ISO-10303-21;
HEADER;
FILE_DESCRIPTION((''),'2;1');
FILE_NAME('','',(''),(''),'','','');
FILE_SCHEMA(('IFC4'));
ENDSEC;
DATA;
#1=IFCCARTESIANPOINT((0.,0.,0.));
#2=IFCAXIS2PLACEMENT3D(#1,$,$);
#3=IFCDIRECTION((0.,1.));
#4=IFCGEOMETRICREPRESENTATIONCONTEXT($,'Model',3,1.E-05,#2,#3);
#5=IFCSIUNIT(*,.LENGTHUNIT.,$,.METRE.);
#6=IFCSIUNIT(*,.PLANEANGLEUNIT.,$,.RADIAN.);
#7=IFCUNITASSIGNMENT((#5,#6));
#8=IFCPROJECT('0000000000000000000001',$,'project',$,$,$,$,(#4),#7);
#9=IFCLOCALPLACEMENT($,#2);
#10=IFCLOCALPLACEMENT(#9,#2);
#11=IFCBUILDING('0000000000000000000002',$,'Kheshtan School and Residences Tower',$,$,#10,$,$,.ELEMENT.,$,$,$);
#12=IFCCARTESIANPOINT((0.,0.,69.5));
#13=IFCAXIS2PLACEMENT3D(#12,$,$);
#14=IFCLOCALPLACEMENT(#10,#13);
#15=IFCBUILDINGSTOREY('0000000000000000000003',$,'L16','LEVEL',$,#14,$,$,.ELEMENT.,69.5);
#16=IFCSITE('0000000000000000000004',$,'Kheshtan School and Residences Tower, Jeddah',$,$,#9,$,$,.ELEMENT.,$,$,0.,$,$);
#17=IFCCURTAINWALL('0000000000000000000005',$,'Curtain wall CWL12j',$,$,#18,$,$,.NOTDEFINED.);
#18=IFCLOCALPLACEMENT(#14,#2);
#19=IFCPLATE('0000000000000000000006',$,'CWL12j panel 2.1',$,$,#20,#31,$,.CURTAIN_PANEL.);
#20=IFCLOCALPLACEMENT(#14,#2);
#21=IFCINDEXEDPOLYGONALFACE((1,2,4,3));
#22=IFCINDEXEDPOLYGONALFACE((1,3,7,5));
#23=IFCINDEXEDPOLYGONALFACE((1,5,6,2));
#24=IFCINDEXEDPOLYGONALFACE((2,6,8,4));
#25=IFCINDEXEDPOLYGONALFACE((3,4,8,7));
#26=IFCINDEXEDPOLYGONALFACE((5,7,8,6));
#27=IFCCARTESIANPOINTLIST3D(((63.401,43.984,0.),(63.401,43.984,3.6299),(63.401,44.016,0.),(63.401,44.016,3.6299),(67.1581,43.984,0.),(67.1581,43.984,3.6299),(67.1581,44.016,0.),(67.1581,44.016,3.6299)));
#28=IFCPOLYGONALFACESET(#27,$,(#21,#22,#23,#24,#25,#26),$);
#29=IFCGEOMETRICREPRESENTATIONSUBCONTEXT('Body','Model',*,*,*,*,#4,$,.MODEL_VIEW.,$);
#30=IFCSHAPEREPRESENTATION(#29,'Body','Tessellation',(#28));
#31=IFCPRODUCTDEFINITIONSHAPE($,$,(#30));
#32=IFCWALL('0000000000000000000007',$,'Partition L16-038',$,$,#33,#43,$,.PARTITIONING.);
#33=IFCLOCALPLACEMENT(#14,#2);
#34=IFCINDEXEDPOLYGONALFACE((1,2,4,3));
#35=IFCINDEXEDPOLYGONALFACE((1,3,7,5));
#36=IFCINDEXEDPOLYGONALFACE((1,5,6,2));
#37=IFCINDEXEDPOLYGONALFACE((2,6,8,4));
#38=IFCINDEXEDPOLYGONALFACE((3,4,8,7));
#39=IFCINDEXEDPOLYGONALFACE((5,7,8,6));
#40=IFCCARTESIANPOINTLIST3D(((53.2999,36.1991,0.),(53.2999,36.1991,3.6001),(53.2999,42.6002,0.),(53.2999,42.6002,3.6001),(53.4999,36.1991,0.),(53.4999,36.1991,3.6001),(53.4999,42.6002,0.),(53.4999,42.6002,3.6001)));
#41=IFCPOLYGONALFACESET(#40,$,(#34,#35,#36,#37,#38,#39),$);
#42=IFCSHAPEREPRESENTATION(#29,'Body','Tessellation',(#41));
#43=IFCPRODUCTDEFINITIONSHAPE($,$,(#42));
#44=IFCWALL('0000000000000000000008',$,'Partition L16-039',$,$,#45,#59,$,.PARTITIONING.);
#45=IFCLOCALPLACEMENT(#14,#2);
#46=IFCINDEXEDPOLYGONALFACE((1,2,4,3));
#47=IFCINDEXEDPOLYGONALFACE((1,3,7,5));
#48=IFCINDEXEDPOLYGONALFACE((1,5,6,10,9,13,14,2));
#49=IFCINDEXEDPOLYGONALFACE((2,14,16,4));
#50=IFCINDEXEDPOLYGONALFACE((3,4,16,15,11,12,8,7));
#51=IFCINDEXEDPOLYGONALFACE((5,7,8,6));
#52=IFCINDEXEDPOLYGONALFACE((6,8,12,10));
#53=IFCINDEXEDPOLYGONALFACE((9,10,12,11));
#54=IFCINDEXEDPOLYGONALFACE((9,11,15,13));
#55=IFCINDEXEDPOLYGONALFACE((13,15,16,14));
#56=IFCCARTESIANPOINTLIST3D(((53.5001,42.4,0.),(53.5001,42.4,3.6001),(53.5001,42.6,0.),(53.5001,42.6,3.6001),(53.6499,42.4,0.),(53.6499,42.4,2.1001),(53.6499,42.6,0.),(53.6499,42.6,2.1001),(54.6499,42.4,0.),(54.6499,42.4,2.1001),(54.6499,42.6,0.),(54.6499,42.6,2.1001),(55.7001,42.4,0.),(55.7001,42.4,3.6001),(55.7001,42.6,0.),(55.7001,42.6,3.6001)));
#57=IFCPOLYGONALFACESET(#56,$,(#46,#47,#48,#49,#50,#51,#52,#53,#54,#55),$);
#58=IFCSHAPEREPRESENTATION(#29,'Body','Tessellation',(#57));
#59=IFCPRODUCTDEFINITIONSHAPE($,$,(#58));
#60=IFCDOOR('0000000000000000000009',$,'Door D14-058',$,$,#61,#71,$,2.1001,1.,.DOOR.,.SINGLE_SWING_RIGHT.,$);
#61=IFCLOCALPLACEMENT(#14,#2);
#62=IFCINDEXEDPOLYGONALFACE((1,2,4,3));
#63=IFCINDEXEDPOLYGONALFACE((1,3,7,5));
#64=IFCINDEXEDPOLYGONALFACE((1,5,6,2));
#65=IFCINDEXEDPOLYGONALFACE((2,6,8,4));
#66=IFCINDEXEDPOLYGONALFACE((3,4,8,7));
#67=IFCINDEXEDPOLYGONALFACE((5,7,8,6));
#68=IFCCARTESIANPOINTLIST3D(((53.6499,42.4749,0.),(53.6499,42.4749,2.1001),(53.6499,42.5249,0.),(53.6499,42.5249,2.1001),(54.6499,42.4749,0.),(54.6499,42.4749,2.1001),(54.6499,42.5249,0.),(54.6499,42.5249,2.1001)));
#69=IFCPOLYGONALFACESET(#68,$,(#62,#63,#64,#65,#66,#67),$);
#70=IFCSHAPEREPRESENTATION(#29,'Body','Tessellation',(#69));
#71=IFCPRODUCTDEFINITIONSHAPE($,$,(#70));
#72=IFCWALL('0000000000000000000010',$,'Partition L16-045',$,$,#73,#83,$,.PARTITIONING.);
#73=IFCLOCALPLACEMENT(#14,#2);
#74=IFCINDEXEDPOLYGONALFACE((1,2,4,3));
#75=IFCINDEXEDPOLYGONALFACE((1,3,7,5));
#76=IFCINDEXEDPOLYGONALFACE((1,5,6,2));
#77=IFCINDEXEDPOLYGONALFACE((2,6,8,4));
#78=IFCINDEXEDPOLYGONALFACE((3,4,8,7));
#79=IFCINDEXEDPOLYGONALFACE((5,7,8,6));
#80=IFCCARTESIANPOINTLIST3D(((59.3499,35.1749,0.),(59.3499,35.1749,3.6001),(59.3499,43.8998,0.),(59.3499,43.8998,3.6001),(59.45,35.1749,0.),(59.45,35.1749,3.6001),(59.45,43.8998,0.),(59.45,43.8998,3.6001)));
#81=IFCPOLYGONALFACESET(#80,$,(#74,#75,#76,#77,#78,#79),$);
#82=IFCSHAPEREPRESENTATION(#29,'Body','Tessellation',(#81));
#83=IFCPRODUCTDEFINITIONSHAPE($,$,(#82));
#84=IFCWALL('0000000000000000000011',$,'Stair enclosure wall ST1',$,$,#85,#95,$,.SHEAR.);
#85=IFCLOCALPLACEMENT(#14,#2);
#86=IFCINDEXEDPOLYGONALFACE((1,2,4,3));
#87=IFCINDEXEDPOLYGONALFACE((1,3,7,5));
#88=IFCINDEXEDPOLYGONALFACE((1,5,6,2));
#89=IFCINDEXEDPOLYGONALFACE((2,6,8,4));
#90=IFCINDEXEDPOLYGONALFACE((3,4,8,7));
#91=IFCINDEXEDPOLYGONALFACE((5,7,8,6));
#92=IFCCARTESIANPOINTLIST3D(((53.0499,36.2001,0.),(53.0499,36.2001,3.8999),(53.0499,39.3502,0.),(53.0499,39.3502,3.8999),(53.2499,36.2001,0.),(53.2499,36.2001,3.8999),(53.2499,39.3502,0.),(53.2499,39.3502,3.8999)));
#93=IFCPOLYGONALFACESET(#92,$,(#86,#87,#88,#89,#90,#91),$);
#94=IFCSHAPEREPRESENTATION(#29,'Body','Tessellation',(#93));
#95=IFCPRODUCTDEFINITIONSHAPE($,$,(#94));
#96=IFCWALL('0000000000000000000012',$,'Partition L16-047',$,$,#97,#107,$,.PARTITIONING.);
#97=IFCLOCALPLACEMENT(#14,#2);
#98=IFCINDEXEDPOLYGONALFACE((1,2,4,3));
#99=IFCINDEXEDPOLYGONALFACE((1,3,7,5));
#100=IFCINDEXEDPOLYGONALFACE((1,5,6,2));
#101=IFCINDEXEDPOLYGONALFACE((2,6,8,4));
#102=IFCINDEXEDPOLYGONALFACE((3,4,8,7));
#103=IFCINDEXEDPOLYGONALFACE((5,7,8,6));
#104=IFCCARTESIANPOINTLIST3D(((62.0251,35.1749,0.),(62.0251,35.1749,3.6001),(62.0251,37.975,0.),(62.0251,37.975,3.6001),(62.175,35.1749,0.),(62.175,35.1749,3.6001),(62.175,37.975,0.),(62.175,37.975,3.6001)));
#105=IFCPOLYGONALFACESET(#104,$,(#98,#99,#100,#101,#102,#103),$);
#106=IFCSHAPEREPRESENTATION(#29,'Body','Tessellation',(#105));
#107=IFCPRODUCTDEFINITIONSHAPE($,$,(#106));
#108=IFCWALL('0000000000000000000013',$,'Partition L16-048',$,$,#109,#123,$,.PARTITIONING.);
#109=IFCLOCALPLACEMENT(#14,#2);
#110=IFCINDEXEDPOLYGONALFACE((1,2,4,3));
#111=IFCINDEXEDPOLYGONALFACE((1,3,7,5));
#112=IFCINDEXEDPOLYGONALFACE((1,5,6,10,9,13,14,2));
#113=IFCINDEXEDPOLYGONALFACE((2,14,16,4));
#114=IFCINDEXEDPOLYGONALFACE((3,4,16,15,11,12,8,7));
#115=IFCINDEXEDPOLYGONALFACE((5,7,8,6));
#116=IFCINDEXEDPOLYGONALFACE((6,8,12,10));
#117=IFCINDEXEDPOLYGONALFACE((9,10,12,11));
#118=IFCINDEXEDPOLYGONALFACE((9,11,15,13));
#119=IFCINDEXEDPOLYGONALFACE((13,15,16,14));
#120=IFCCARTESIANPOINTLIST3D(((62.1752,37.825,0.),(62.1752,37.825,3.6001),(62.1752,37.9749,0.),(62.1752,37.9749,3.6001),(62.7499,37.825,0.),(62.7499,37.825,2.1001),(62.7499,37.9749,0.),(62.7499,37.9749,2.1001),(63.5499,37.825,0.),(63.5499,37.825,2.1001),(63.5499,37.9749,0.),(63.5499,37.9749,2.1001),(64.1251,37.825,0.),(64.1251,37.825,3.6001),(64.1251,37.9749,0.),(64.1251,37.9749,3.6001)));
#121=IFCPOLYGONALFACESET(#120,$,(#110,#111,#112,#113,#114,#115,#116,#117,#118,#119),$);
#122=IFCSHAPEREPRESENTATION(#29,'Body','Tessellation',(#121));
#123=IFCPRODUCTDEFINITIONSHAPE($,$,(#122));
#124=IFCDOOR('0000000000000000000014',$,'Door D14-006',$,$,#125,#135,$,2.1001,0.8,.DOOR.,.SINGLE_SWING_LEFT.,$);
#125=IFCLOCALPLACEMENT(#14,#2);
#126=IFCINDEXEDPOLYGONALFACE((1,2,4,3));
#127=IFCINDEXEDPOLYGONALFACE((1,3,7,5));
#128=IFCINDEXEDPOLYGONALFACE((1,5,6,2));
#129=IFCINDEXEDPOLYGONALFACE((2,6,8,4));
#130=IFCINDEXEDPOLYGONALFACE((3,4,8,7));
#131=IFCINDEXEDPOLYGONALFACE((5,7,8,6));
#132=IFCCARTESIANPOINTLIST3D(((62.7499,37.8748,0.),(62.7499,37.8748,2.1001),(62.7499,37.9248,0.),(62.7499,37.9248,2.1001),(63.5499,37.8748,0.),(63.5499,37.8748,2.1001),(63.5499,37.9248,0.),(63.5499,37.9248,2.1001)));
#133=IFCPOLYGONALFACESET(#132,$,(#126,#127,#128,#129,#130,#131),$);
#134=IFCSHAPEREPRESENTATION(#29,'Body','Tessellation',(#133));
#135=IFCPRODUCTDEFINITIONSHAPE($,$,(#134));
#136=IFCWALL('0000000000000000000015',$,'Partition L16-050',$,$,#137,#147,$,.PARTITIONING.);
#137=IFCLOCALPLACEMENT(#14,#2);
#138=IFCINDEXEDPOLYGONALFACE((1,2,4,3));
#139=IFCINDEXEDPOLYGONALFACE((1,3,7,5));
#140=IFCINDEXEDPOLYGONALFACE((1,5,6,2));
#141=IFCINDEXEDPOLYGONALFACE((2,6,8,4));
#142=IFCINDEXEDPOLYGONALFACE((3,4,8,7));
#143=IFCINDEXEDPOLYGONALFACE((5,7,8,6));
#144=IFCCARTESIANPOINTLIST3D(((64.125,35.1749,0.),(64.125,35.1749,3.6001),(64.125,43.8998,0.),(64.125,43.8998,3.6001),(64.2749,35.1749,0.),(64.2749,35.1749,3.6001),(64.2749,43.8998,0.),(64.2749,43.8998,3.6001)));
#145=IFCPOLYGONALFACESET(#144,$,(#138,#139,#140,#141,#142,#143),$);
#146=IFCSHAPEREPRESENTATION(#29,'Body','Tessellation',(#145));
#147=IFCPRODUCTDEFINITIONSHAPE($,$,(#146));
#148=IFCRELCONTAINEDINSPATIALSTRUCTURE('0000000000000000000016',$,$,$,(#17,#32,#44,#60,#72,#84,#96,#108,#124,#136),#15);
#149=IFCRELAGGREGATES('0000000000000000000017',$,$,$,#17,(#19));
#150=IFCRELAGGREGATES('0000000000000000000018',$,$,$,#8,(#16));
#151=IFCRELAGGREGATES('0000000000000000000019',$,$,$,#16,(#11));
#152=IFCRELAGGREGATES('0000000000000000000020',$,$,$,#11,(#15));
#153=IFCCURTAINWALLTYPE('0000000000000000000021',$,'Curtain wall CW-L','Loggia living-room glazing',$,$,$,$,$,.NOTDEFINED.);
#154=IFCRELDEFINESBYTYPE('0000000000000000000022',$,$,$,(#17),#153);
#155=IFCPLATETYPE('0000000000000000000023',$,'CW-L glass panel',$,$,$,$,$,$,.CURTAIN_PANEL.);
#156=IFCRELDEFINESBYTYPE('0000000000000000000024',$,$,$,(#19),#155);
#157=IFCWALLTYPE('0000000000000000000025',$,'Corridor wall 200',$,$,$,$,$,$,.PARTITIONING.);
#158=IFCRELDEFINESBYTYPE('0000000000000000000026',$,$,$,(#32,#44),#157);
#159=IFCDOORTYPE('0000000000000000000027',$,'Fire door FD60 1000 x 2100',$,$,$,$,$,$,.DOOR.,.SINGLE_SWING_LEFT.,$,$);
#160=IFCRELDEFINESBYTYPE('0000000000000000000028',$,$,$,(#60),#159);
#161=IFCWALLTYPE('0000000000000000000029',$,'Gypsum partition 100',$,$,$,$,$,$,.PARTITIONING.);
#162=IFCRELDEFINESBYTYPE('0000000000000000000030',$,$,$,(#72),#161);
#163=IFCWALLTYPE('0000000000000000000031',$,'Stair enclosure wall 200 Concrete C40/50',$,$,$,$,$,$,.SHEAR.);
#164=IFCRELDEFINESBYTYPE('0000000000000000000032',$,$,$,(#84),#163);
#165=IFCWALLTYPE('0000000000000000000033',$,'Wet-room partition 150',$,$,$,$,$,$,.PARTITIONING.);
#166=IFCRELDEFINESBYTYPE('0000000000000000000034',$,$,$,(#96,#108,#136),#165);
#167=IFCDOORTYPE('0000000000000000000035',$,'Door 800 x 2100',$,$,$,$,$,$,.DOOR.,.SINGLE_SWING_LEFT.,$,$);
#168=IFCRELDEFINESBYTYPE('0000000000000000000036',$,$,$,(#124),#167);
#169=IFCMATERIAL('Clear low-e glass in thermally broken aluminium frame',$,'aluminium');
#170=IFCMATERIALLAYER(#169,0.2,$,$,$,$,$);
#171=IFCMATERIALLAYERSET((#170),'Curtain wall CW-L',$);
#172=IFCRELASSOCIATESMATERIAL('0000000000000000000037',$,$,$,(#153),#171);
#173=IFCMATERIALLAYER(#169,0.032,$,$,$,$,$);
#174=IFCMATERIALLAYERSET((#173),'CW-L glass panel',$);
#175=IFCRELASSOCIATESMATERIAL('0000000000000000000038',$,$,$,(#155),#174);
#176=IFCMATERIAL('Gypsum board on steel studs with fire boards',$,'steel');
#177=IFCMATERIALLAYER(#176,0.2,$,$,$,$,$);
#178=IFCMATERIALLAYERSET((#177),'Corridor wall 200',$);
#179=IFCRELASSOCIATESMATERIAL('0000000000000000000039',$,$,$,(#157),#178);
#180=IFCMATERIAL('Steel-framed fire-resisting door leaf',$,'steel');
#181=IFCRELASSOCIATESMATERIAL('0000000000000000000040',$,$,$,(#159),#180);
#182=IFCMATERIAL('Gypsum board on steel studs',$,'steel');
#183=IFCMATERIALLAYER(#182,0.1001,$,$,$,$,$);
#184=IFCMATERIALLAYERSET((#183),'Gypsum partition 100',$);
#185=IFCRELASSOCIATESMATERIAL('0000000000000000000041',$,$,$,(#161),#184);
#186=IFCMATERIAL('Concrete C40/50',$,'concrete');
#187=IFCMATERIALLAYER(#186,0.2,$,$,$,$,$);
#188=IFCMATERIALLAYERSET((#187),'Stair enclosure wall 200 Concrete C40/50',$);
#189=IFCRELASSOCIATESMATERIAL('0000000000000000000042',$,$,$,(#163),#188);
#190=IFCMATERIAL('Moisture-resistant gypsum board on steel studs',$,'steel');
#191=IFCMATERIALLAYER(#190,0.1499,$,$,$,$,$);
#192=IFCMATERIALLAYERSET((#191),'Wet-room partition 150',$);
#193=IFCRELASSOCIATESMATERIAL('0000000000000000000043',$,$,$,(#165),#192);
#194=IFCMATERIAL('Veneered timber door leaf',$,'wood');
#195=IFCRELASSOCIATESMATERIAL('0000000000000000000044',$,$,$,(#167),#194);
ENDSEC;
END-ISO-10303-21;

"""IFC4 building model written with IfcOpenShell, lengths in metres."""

from ifc_helpers import new_model, si_unit, direction, frame, frame_2d, origin, origin_2d, place, context, subcontext, project, spatial, rectangle, extrude, source, transform, mapped, material, layer, layer_set, type_object, element, fill, aggregate, save


model = new_model("IFC4")

# Units and contexts
model_context = context("Model", 3, precision=1e-05, world=origin(), true_north=direction((0.0, 1.0)))
body_context = subcontext(model_context, "Body", "Model", "MODEL_VIEW")
ifc_project = project(units=[si_unit("LENGTHUNIT", "METRE"), si_unit("PLANEANGLEUNIT", "RADIAN")], contexts=[model_context])

# Site, building, storey
site_placement = place(None, origin())
site = spatial("IfcSite", under=ifc_project, at=site_placement, Name="Kheshtan School and Residences Tower, Jeddah", CompositionType="ELEMENT", RefElevation=0.0)
building_placement = place(site_placement, origin())
building = spatial("IfcBuilding", under=site, at=building_placement, Name="Kheshtan School and Residences Tower", CompositionType="ELEMENT")
storey_placement = place(building_placement, frame((0.0, 0.0, 69.5)))
storey = spatial("IfcBuildingStorey", under=building, at=storey_placement, Name="L16", Description="LEVEL", CompositionType="ELEMENT", Elevation=69.5)

# Shared definitions
ifc_material_1 = material(Name="Clear low-e glass in thermally broken aluminium frame", Category="aluminium")
ifc_layer_1 = layer(ifc_material_1, 0.2)
ifc_layer_set_1 = layer_set([ifc_layer_1], Name="Curtain wall CW-L")
curtain_wall_type = type_object("IfcCurtainWallType", Name="Curtain wall CW-L", Description="Loggia living-room glazing", PredefinedType="NOTDEFINED", material=ifc_layer_set_1)

# Curtain wall
curtain_wall_1_placement = place(storey_placement, origin())
curtain_wall_1 = element("IfcCurtainWall", 1, at=curtain_wall_1_placement, inside=storey, type_object=curtain_wall_type, Name="Curtain wall CWL12j", PredefinedType="NOTDEFINED")

# Plate
ifc_layer_2 = layer(ifc_material_1, 0.032)
ifc_layer_set_2 = layer_set([ifc_layer_2], Name="CW-L glass panel")
plate_type = type_object("IfcPlateType", Name="CW-L glass panel", PredefinedType="CURTAIN_PANEL", material=ifc_layer_set_2)
plate_1_placement = place(storey_placement, frame((65.2795, 44.0, 0.0), z_axis=(0.0, 0.0, 1.0), x_axis=(1.0, 0.0, 0.0)))
plate_1 = element("IfcPlate", 2, at=plate_1_placement, type_object=plate_type, Name="CWL12j panel 2.1", PredefinedType="CURTAIN_PANEL", context=body_context, shape_type="SweptSolid", body=[
    extrude(rectangle(XDim=3.7571, YDim=0.032, at=origin_2d()), origin(), (0.0, 0.0, 1.0), 3.6299),
])
aggregate(curtain_wall_1, [plate_1])

# Wall
ifc_material_2 = material(Name="Gypsum board on steel studs with fire boards", Category="steel")
ifc_layer_3 = layer(ifc_material_2, 0.2)
ifc_layer_set_3 = layer_set([ifc_layer_3], Name="Corridor wall 200")
wall_type_1 = type_object("IfcWallType", Name="Corridor wall 200", PredefinedType="PARTITIONING", material=ifc_layer_set_3)
wall_1_placement = place(storey_placement, frame((53.3999, 36.199, 0.0), z_axis=(0.0, 0.0, 1.0), x_axis=(0.0, 1.0, 0.0)))
element("IfcWall", 3, at=wall_1_placement, inside=storey, type_object=wall_type_1, Name="Partition L16-038", PredefinedType="PARTITIONING", context=body_context, shape_type="SweptSolid", body=[
    extrude(rectangle(XDim=6.4011, YDim=0.2, at=frame_2d((3.2007, 0.0))), origin(), (0.0, 0.0, 1.0), 3.6001),
])

# Wall, opening, door
wall_2_placement = place(storey_placement, frame((53.5, 42.5, 0.0), z_axis=(0.0, 0.0, 1.0), x_axis=(1.0, 0.0, 0.0)))
wall_2 = element("IfcWall", 4, at=wall_2_placement, inside=storey, type_object=wall_type_1, Name="Partition L16-039", PredefinedType="PARTITIONING", context=body_context, shape_type="SweptSolid", body=[
    extrude(rectangle(XDim=2.2, YDim=0.2, at=frame_2d((1.1001, 0.0))), origin(), (0.0, 0.0, 1.0), 3.6001),
])
opening_1_placement = place(wall_2_placement, frame((0.1499, 0.0, 0.0)))
opening_1 = element("IfcOpeningElement", 5, at=opening_1_placement, cuts=wall_2, PredefinedType="OPENING", context=body_context, shape_type="SweptSolid", body=[
    extrude(rectangle(XDim=1.0, YDim=2.1001, at=frame_2d((0.5, 1.05))), frame((0.0, 0.1099, 0.0), z_axis=(0.0, -1.0, 0.0), x_axis=(1.0, 0.0, 0.0)), (0.0, 0.0, 1.0), 0.22),
])
ifc_material_3 = material(Name="Steel-framed fire-resisting door leaf", Category="steel")
door_type_1 = type_object("IfcDoorType", Name="Fire door FD60 1000 x 2100", OperationType="SINGLE_SWING_LEFT", PredefinedType="DOOR", material=ifc_material_3)
shared_shape_1 = source(origin(), body_context, "Body", "SweptSolid", [
    extrude(rectangle(XDim=1.0, YDim=2.1001, at=frame_2d((0.5, 1.05))), frame((0.0, 0.0249, 0.0), z_axis=(0.0, -1.0, 0.0), x_axis=(1.0, 0.0, 0.0)), (0.0, 0.0, 1.0), 0.05),
])
door_1_placement = place(opening_1_placement, origin())
door_1 = element("IfcDoor", 6, at=door_1_placement, inside=storey, type_object=door_type_1, Name="Door D14-058", OperationType="SINGLE_SWING_RIGHT", OverallHeight=2.1001, OverallWidth=1.0, PredefinedType="DOOR", context=body_context, shape_type="MappedRepresentation", body=[
    mapped(shared_shape_1, transform((0.0, 0.0, 0.0), x_axis=(1.0, 0.0, 0.0), y_axis=(0.0, 1.0, 0.0), z_axis=(0.0, 0.0, 1.0), scale=1.0)),
])
fill(opening_1, door_1)

# Walls
ifc_material_4 = material(Name="Gypsum board on steel studs", Category="steel")
ifc_layer_4 = layer(ifc_material_4, 0.1001)
ifc_layer_set_4 = layer_set([ifc_layer_4], Name="Gypsum partition 100")
wall_type_2 = type_object("IfcWallType", Name="Gypsum partition 100", PredefinedType="PARTITIONING", material=ifc_layer_set_4)
wall_3_placement = place(storey_placement, frame((59.3999, 35.175, 0.0), z_axis=(0.0, 0.0, 1.0), x_axis=(0.0, 1.0, 0.0)))
element("IfcWall", 7, at=wall_3_placement, inside=storey, type_object=wall_type_2, Name="Partition L16-045", PredefinedType="PARTITIONING", context=body_context, shape_type="SweptSolid", body=[
    extrude(rectangle(XDim=8.7249, YDim=0.1001, at=frame_2d((4.3623, 0.0))), origin(), (0.0, 0.0, 1.0), 3.6001),
])
ifc_material_5 = material(Name="Concrete C40/50", Category="concrete")
ifc_layer_5 = layer(ifc_material_5, 0.2)
ifc_layer_set_5 = layer_set([ifc_layer_5], Name="Stair enclosure wall 200 Concrete C40/50")
wall_type_3 = type_object("IfcWallType", Name="Stair enclosure wall 200 Concrete C40/50", PredefinedType="SHEAR", material=ifc_layer_set_5)
wall_4_placement = place(storey_placement, frame((53.1499, 36.2, 0.0), z_axis=(0.0, 0.0, 1.0), x_axis=(0.0, 1.0, 0.0)))
element("IfcWall", 8, at=wall_4_placement, inside=storey, type_object=wall_type_3, Name="Stair enclosure wall ST1", PredefinedType="SHEAR", context=body_context, shape_type="SweptSolid", body=[
    extrude(rectangle(XDim=3.1501, YDim=0.2, at=frame_2d((1.5752, 0.0))), origin(), (0.0, 0.0, 1.0), 3.8999),
])
ifc_material_6 = material(Name="Moisture-resistant gypsum board on steel studs", Category="steel")
ifc_layer_6 = layer(ifc_material_6, 0.1499)
ifc_layer_set_6 = layer_set([ifc_layer_6], Name="Wet-room partition 150")
wall_type_4 = type_object("IfcWallType", Name="Wet-room partition 150", PredefinedType="PARTITIONING", material=ifc_layer_set_6)
wall_5_placement = place(storey_placement, frame((62.1001, 35.175, 0.0), z_axis=(0.0, 0.0, 1.0), x_axis=(0.0, 1.0, 0.0)))
element("IfcWall", 9, at=wall_5_placement, inside=storey, type_object=wall_type_4, Name="Partition L16-047", PredefinedType="PARTITIONING", context=body_context, shape_type="SweptSolid", body=[
    extrude(rectangle(XDim=2.8, YDim=0.1499, at=frame_2d((1.3999, 0.0))), origin(), (0.0, 0.0, 1.0), 3.6001),
])

# Wall, opening, door
wall_6_placement = place(storey_placement, frame((62.175, 37.8999, 0.0), z_axis=(0.0, 0.0, 1.0), x_axis=(1.0, 0.0, 0.0)))
wall_6 = element("IfcWall", 10, at=wall_6_placement, inside=storey, type_object=wall_type_4, Name="Partition L16-048", PredefinedType="PARTITIONING", context=body_context, shape_type="SweptSolid", body=[
    extrude(rectangle(XDim=1.95, YDim=0.1499, at=frame_2d((0.9751, 0.0))), origin(), (0.0, 0.0, 1.0), 3.6001),
])
opening_2_placement = place(wall_6_placement, frame((0.575, 0.0, 0.0)))
opening_2 = element("IfcOpeningElement", 11, at=opening_2_placement, cuts=wall_6, PredefinedType="OPENING", context=body_context, shape_type="SweptSolid", body=[
    extrude(rectangle(XDim=0.8, YDim=2.1001, at=frame_2d((0.3999, 1.05))), frame((0.0, 0.085, 0.0), z_axis=(0.0, -1.0, 0.0), x_axis=(1.0, 0.0, 0.0)), (0.0, 0.0, 1.0), 0.1699),
])
ifc_material_7 = material(Name="Veneered timber door leaf", Category="wood")
door_type_2 = type_object("IfcDoorType", Name="Door 800 x 2100", OperationType="SINGLE_SWING_LEFT", PredefinedType="DOOR", material=ifc_material_7)
shared_shape_2 = source(origin(), body_context, "Body", "SweptSolid", [
    extrude(rectangle(XDim=0.8, YDim=2.1001, at=frame_2d((0.3999, 1.05))), frame((0.0, 0.0249, 0.0), z_axis=(0.0, -1.0, 0.0), x_axis=(1.0, 0.0, 0.0)), (0.0, 0.0, 1.0), 0.05),
])
door_2_placement = place(opening_2_placement, origin())
door_2 = element("IfcDoor", 12, at=door_2_placement, inside=storey, type_object=door_type_2, Name="Door D14-006", OperationType="SINGLE_SWING_LEFT", OverallHeight=2.1001, OverallWidth=0.8, PredefinedType="DOOR", context=body_context, shape_type="MappedRepresentation", body=[
    mapped(shared_shape_2, transform((0.0, 0.0, 0.0), x_axis=(1.0, 0.0, 0.0), y_axis=(0.0, 1.0, 0.0), z_axis=(0.0, 0.0, 1.0), scale=1.0)),
])
fill(opening_2, door_2)

# Wall
wall_7_placement = place(storey_placement, frame((64.2, 35.175, 0.0), z_axis=(0.0, 0.0, 1.0), x_axis=(0.0, 1.0, 0.0)))
element("IfcWall", 13, at=wall_7_placement, inside=storey, type_object=wall_type_4, Name="Partition L16-050", PredefinedType="PARTITIONING", context=body_context, shape_type="SweptSolid", body=[
    extrude(rectangle(XDim=8.7249, YDim=0.1499, at=frame_2d((4.3623, 0.0))), origin(), (0.0, 0.0, 1.0), 3.6001),
])

save(model, "model.ifc")
